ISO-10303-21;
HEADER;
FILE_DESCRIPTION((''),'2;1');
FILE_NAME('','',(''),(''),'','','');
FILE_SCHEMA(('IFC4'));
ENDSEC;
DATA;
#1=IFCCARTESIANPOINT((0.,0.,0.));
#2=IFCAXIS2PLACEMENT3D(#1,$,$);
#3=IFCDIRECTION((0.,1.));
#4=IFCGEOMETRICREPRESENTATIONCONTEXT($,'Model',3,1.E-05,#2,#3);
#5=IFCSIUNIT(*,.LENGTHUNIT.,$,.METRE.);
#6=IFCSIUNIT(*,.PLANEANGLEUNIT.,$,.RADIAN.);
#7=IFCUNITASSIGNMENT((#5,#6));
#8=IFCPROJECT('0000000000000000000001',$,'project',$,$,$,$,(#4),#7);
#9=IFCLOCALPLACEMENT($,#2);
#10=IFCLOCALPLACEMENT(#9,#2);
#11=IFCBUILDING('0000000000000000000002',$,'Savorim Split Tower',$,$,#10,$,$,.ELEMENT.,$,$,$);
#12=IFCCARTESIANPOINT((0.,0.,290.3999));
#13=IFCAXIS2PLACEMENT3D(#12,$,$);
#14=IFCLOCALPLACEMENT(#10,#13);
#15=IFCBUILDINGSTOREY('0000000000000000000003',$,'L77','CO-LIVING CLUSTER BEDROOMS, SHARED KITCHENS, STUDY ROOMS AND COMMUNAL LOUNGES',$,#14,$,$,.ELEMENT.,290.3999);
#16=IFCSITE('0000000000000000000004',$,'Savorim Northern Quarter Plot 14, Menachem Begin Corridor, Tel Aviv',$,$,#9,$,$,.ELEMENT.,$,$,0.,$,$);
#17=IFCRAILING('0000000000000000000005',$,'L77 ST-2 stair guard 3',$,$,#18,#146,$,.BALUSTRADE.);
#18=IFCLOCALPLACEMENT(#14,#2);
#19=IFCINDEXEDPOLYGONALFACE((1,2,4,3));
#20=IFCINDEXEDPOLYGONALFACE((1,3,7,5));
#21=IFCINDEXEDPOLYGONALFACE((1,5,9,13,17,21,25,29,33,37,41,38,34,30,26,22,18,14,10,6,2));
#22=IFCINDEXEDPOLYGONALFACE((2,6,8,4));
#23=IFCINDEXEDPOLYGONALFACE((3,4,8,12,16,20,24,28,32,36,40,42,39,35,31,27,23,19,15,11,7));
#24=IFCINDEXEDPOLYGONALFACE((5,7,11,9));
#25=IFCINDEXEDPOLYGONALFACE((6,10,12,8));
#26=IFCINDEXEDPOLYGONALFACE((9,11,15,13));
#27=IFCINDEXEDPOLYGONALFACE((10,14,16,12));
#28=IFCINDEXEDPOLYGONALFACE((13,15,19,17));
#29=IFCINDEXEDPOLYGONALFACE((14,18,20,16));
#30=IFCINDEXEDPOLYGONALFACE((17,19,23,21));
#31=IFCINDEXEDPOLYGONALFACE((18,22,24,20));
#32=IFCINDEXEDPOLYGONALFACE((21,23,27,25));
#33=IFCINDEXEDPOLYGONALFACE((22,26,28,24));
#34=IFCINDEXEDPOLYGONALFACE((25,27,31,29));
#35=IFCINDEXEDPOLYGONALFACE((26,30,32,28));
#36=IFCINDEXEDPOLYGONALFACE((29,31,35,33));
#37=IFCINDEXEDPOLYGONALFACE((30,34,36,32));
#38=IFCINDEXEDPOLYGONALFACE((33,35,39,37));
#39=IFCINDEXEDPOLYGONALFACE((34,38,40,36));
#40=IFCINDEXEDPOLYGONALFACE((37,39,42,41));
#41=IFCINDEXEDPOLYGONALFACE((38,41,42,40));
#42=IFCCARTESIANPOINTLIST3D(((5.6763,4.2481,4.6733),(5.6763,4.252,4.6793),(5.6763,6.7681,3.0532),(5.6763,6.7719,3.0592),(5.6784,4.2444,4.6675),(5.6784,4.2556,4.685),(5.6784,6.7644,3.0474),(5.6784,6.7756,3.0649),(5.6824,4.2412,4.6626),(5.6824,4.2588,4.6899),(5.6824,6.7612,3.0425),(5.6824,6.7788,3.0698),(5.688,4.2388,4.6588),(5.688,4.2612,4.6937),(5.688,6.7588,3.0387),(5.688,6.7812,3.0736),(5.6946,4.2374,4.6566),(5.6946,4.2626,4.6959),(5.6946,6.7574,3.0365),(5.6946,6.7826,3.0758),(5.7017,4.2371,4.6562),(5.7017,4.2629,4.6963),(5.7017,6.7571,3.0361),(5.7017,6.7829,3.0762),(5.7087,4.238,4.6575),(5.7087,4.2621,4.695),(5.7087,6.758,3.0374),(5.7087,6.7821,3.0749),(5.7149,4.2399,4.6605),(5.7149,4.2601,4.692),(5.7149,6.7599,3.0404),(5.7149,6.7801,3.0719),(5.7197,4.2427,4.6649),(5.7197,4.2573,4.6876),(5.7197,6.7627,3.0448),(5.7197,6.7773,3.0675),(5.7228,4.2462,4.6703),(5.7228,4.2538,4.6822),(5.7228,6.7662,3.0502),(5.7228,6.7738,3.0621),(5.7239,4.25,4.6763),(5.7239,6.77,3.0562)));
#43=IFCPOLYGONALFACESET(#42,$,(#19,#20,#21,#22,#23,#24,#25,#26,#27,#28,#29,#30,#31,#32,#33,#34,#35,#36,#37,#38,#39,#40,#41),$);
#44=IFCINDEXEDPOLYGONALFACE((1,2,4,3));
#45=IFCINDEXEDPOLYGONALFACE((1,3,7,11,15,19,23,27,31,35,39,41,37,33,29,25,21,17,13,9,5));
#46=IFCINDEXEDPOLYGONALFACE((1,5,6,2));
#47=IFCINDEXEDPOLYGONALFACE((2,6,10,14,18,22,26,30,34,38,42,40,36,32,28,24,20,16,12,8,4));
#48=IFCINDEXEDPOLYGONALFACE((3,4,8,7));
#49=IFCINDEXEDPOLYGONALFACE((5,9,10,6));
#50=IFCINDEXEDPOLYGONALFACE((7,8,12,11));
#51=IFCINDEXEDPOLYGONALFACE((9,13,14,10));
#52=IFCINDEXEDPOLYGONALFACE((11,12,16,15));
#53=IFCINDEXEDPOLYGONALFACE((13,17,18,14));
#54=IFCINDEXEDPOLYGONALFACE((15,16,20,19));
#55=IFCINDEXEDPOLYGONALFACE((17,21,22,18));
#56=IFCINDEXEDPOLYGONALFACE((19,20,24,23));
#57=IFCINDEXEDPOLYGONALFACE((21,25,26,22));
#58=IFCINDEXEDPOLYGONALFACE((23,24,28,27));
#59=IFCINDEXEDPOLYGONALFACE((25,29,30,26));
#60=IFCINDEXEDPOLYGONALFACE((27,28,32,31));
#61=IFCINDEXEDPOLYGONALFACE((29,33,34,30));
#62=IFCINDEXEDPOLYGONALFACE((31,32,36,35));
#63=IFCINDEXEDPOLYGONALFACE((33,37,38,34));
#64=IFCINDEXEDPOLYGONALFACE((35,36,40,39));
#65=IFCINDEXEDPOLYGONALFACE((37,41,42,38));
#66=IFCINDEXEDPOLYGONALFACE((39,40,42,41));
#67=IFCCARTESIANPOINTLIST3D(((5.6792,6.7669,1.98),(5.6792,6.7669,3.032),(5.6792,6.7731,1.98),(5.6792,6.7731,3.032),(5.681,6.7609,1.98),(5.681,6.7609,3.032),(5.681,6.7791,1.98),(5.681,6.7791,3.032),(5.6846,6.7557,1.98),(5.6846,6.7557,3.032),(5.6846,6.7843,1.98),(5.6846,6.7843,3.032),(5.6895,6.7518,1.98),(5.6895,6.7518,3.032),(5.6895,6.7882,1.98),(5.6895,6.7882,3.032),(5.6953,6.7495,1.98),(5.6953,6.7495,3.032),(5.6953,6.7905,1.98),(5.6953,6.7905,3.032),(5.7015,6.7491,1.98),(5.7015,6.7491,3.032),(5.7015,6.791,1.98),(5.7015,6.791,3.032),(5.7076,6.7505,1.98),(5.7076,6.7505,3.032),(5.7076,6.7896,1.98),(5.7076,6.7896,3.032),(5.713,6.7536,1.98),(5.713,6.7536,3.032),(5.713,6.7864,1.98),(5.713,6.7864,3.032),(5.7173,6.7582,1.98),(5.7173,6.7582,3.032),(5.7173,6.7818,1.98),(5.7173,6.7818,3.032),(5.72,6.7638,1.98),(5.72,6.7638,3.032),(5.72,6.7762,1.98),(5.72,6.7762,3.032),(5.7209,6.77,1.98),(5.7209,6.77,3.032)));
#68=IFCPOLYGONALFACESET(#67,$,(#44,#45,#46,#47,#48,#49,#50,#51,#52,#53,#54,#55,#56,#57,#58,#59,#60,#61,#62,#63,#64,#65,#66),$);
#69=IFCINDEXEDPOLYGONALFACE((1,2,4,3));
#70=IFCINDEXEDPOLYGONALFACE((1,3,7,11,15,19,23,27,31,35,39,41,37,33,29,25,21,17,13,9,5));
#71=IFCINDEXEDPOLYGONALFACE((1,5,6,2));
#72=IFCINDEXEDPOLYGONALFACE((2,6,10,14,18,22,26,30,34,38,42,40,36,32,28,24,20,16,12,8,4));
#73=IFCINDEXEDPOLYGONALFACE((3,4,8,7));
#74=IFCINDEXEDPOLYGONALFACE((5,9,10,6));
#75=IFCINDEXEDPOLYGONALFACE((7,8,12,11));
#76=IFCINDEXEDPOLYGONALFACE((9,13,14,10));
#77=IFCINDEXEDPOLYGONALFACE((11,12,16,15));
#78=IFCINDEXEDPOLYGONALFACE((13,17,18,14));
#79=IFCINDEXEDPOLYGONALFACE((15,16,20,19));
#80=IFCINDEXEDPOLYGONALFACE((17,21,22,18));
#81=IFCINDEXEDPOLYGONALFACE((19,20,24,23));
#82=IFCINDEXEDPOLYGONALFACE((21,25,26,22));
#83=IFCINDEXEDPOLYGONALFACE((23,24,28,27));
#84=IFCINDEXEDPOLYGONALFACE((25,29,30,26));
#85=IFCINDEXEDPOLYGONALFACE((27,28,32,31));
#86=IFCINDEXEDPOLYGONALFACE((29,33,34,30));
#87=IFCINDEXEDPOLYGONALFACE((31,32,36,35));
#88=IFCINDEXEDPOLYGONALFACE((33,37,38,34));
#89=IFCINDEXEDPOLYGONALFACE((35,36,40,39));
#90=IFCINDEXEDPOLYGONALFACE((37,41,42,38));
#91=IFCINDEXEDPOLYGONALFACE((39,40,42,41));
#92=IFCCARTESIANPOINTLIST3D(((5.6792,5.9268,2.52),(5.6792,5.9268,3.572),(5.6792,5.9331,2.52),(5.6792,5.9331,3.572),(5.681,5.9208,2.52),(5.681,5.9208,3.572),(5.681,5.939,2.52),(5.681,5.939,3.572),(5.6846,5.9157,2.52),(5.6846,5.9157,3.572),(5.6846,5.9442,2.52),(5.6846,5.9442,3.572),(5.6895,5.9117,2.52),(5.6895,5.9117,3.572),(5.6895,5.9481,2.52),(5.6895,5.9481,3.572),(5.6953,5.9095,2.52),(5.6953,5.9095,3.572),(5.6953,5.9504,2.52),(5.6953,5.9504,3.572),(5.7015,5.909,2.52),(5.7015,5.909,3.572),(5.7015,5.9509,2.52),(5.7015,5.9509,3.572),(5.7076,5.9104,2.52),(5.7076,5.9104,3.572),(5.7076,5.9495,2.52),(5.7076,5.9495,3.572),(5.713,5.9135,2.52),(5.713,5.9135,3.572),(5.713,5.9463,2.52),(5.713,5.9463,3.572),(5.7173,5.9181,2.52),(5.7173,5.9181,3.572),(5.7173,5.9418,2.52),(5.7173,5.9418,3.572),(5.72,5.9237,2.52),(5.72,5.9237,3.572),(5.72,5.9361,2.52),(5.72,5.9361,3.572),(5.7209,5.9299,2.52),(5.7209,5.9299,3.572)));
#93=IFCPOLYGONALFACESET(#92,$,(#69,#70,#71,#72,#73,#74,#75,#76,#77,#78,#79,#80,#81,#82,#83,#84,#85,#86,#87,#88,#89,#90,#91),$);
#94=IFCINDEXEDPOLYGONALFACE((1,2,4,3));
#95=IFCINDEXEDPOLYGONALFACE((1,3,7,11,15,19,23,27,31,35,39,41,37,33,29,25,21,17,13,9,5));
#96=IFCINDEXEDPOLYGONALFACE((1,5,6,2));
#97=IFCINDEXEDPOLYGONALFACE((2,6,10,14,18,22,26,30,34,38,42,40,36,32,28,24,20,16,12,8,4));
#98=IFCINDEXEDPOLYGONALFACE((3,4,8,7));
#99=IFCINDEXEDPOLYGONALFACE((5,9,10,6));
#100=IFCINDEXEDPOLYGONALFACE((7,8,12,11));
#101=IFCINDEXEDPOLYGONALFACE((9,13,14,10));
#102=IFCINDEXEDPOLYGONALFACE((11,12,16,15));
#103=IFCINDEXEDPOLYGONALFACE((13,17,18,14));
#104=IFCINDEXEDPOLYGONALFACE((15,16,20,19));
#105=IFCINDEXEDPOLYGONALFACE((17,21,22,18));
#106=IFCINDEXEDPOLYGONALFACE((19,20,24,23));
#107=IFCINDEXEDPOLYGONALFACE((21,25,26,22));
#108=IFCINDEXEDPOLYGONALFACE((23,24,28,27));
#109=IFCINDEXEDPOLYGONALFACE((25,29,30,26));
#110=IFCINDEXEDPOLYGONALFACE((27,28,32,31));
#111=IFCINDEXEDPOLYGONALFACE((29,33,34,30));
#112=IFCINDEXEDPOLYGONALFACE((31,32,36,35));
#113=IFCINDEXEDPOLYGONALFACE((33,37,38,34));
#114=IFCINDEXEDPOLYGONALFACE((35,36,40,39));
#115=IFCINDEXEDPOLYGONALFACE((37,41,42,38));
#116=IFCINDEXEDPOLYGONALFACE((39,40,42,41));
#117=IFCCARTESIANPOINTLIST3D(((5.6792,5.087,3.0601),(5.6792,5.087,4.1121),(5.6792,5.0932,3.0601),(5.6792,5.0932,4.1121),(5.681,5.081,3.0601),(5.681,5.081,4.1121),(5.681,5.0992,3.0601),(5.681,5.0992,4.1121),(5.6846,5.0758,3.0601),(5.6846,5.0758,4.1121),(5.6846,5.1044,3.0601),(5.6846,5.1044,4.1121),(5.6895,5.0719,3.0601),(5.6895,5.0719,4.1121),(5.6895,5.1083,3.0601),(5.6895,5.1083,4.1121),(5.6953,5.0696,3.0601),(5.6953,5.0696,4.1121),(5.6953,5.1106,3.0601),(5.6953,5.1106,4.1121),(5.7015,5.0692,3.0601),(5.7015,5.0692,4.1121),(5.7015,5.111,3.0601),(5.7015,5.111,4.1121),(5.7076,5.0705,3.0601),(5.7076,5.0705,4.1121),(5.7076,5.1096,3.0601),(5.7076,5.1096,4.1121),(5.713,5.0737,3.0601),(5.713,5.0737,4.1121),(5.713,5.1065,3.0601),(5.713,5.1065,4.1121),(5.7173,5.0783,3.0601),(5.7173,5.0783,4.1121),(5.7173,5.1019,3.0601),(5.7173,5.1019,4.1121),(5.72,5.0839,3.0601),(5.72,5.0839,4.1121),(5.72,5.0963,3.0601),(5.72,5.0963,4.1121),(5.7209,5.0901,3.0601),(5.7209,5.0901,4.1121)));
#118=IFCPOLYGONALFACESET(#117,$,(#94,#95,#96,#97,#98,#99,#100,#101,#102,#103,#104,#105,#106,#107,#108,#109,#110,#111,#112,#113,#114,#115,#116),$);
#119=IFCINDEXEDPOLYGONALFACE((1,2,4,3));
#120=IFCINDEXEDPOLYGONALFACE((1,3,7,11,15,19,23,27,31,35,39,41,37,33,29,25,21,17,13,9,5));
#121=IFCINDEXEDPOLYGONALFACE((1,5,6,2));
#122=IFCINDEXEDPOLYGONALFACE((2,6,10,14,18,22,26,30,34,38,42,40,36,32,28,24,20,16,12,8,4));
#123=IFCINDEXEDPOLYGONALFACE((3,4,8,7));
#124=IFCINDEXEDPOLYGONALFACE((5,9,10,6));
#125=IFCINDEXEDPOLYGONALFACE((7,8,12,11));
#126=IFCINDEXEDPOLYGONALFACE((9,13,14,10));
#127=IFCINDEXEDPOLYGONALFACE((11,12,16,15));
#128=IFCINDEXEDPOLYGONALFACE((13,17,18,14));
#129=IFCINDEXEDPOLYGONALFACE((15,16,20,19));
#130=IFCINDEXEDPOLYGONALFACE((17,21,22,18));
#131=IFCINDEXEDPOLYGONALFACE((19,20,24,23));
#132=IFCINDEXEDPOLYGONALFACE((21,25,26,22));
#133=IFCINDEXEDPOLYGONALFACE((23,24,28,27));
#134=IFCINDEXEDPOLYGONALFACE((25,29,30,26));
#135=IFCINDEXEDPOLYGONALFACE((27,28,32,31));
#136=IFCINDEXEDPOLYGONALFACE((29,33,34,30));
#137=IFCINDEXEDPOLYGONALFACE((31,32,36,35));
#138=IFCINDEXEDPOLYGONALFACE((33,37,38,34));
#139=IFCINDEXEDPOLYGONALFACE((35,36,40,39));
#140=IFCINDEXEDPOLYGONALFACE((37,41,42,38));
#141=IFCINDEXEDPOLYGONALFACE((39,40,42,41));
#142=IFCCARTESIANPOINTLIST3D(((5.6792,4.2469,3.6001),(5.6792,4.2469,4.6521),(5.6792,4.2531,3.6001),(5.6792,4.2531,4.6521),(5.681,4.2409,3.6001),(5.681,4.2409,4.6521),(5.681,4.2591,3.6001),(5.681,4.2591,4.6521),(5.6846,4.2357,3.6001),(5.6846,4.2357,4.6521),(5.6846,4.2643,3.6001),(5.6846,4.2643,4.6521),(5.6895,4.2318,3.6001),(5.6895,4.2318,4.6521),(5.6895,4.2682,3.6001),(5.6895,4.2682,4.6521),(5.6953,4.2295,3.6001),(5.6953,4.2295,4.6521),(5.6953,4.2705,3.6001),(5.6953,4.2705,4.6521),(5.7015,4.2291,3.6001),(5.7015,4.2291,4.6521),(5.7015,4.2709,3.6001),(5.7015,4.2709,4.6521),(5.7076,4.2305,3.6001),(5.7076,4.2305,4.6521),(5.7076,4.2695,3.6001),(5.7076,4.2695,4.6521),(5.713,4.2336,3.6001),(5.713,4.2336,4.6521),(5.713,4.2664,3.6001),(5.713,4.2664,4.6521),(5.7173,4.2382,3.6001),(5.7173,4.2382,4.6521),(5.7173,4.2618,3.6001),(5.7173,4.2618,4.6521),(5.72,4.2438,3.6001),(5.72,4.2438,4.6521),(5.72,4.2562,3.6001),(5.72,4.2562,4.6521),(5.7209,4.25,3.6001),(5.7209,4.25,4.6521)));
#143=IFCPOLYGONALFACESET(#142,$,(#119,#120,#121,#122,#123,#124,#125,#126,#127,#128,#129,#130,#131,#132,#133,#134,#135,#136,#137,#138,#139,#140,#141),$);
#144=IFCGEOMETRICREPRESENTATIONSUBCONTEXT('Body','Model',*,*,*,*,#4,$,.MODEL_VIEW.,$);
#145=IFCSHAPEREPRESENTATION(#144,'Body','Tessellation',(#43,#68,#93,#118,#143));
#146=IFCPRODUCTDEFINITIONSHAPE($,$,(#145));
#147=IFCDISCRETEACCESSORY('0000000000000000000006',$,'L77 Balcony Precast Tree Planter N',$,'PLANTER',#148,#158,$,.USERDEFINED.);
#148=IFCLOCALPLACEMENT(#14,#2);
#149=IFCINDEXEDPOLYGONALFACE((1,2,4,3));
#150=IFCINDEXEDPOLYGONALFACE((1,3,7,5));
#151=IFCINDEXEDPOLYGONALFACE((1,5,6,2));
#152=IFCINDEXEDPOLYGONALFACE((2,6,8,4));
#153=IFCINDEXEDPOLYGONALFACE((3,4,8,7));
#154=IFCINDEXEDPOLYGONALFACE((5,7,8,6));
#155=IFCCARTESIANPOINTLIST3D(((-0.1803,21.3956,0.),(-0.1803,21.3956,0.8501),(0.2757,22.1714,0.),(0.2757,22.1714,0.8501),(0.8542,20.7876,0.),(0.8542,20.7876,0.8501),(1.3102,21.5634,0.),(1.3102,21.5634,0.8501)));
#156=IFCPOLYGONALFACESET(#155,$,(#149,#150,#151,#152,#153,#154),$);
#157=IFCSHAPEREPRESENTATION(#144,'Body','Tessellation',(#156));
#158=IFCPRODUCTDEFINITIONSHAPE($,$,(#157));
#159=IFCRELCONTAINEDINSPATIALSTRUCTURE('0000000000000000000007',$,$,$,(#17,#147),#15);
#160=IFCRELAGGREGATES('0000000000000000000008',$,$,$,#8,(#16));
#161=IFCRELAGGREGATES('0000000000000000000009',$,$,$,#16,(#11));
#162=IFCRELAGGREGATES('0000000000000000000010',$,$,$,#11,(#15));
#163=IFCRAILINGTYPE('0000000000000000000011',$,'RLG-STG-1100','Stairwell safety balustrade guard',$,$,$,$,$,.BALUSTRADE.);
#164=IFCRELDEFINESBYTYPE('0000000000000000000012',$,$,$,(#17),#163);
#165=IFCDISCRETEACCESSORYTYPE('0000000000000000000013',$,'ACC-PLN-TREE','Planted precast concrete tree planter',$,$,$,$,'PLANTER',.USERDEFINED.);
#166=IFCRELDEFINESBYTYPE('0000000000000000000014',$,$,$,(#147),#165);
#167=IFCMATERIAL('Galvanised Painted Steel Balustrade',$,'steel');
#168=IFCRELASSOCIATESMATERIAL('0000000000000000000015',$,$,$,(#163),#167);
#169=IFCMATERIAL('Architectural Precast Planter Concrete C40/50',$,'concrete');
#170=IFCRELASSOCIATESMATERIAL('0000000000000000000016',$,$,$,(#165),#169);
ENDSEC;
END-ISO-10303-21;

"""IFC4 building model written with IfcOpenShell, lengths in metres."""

from ifc_helpers import new_model, si_unit, direction, frame, origin, origin_2d, place, context, subcontext, project, spatial, rectangle, circle, extrude, material, type_object, element, save


model = new_model("IFC4")

# Units and contexts
model_context = context("Model", 3, precision=1e-05, world=origin(), true_north=direction((0.0, 1.0)))
body_context = subcontext(model_context, "Body", "Model", "MODEL_VIEW")
ifc_project = project(units=[si_unit("LENGTHUNIT", "METRE"), si_unit("PLANEANGLEUNIT", "RADIAN")], contexts=[model_context])

# Site, building, storey
site_placement = place(None, origin())
site = spatial("IfcSite", under=ifc_project, at=site_placement, Name="Savorim Northern Quarter Plot 14, Menachem Begin Corridor, Tel Aviv", CompositionType="ELEMENT", RefElevation=0.0)
building_placement = place(site_placement, origin())
building = spatial("IfcBuilding", under=site, at=building_placement, Name="Savorim Split Tower", CompositionType="ELEMENT")
storey_placement = place(building_placement, frame((0.0, 0.0, 290.3999)))
storey = spatial("IfcBuildingStorey", under=building, at=storey_placement, Name="L77", Description="CO-LIVING CLUSTER BEDROOMS, SHARED KITCHENS, STUDY ROOMS AND COMMUNAL LOUNGES", CompositionType="ELEMENT", Elevation=290.3999)

# Railing
ifc_material_1 = material(Name="Galvanised Painted Steel Balustrade", Category="steel")
railing_type_1 = type_object("IfcRailingType", Name="RLG-STG-1100", Description="Stairwell safety balustrade guard", PredefinedType="BALUSTRADE", material=ifc_material_1)
railing_1_placement = place(storey_placement, frame((5.7, 6.77, 1.98)))
element("IfcRailing", 1, at=railing_1_placement, inside=storey, type_object=railing_type_1, Name="L77 ST-2 stair guard 3", PredefinedType="BALUSTRADE", context=body_context, shape_type="SweptSolid", body=[
    extrude(circle(Radius=0.0239, at=origin_2d()), frame((0.0, 0.0, 1.0762), z_axis=(0.0, -0.841163, 0.540782), x_axis=(1.0, 0.0, 0.0)), (0.0, 0.0, 1.0), 2.9958),
    extrude(circle(Radius=0.021, at=origin_2d()), origin(), (0.0, 0.0, 1.0), 1.052),
    extrude(circle(Radius=0.021, at=origin_2d()), frame((0.0, -0.8401, 0.54)), (0.0, 0.0, 1.0), 1.052),
    extrude(circle(Radius=0.021, at=origin_2d()), frame((0.0, -1.6799, 1.0801)), (0.0, 0.0, 1.0), 1.052),
    extrude(circle(Radius=0.021, at=origin_2d()), frame((0.0, -2.52, 1.6201)), (0.0, 0.0, 1.0), 1.052),
])

# Discrete accessory
ifc_material_2 = material(Name="Architectural Precast Planter Concrete C40/50", Category="concrete")
discrete_accessory_type = type_object("IfcDiscreteAccessoryType", Name="ACC-PLN-TREE", Description="Planted precast concrete tree planter", ElementType="PLANTER", PredefinedType="USERDEFINED", material=ifc_material_2)
discrete_accessory_placement = place(storey_placement, frame((0.5649, 21.4795, 0.0), z_axis=(0.0, 0.0, 1.0), x_axis=(-0.862125, 0.506696, 0.0)))
element("IfcDiscreteAccessory", 2, at=discrete_accessory_placement, inside=storey, type_object=discrete_accessory_type, Name="L77 Balcony Precast Tree Planter N", ObjectType="PLANTER", PredefinedType="USERDEFINED", context=body_context, shape_type="SweptSolid", body=[
    extrude(rectangle(XDim=1.2, YDim=0.8999, at=origin_2d()), origin(), (0.0, 0.0, 1.0), 0.8501),
])

save(model, "model.ifc")
